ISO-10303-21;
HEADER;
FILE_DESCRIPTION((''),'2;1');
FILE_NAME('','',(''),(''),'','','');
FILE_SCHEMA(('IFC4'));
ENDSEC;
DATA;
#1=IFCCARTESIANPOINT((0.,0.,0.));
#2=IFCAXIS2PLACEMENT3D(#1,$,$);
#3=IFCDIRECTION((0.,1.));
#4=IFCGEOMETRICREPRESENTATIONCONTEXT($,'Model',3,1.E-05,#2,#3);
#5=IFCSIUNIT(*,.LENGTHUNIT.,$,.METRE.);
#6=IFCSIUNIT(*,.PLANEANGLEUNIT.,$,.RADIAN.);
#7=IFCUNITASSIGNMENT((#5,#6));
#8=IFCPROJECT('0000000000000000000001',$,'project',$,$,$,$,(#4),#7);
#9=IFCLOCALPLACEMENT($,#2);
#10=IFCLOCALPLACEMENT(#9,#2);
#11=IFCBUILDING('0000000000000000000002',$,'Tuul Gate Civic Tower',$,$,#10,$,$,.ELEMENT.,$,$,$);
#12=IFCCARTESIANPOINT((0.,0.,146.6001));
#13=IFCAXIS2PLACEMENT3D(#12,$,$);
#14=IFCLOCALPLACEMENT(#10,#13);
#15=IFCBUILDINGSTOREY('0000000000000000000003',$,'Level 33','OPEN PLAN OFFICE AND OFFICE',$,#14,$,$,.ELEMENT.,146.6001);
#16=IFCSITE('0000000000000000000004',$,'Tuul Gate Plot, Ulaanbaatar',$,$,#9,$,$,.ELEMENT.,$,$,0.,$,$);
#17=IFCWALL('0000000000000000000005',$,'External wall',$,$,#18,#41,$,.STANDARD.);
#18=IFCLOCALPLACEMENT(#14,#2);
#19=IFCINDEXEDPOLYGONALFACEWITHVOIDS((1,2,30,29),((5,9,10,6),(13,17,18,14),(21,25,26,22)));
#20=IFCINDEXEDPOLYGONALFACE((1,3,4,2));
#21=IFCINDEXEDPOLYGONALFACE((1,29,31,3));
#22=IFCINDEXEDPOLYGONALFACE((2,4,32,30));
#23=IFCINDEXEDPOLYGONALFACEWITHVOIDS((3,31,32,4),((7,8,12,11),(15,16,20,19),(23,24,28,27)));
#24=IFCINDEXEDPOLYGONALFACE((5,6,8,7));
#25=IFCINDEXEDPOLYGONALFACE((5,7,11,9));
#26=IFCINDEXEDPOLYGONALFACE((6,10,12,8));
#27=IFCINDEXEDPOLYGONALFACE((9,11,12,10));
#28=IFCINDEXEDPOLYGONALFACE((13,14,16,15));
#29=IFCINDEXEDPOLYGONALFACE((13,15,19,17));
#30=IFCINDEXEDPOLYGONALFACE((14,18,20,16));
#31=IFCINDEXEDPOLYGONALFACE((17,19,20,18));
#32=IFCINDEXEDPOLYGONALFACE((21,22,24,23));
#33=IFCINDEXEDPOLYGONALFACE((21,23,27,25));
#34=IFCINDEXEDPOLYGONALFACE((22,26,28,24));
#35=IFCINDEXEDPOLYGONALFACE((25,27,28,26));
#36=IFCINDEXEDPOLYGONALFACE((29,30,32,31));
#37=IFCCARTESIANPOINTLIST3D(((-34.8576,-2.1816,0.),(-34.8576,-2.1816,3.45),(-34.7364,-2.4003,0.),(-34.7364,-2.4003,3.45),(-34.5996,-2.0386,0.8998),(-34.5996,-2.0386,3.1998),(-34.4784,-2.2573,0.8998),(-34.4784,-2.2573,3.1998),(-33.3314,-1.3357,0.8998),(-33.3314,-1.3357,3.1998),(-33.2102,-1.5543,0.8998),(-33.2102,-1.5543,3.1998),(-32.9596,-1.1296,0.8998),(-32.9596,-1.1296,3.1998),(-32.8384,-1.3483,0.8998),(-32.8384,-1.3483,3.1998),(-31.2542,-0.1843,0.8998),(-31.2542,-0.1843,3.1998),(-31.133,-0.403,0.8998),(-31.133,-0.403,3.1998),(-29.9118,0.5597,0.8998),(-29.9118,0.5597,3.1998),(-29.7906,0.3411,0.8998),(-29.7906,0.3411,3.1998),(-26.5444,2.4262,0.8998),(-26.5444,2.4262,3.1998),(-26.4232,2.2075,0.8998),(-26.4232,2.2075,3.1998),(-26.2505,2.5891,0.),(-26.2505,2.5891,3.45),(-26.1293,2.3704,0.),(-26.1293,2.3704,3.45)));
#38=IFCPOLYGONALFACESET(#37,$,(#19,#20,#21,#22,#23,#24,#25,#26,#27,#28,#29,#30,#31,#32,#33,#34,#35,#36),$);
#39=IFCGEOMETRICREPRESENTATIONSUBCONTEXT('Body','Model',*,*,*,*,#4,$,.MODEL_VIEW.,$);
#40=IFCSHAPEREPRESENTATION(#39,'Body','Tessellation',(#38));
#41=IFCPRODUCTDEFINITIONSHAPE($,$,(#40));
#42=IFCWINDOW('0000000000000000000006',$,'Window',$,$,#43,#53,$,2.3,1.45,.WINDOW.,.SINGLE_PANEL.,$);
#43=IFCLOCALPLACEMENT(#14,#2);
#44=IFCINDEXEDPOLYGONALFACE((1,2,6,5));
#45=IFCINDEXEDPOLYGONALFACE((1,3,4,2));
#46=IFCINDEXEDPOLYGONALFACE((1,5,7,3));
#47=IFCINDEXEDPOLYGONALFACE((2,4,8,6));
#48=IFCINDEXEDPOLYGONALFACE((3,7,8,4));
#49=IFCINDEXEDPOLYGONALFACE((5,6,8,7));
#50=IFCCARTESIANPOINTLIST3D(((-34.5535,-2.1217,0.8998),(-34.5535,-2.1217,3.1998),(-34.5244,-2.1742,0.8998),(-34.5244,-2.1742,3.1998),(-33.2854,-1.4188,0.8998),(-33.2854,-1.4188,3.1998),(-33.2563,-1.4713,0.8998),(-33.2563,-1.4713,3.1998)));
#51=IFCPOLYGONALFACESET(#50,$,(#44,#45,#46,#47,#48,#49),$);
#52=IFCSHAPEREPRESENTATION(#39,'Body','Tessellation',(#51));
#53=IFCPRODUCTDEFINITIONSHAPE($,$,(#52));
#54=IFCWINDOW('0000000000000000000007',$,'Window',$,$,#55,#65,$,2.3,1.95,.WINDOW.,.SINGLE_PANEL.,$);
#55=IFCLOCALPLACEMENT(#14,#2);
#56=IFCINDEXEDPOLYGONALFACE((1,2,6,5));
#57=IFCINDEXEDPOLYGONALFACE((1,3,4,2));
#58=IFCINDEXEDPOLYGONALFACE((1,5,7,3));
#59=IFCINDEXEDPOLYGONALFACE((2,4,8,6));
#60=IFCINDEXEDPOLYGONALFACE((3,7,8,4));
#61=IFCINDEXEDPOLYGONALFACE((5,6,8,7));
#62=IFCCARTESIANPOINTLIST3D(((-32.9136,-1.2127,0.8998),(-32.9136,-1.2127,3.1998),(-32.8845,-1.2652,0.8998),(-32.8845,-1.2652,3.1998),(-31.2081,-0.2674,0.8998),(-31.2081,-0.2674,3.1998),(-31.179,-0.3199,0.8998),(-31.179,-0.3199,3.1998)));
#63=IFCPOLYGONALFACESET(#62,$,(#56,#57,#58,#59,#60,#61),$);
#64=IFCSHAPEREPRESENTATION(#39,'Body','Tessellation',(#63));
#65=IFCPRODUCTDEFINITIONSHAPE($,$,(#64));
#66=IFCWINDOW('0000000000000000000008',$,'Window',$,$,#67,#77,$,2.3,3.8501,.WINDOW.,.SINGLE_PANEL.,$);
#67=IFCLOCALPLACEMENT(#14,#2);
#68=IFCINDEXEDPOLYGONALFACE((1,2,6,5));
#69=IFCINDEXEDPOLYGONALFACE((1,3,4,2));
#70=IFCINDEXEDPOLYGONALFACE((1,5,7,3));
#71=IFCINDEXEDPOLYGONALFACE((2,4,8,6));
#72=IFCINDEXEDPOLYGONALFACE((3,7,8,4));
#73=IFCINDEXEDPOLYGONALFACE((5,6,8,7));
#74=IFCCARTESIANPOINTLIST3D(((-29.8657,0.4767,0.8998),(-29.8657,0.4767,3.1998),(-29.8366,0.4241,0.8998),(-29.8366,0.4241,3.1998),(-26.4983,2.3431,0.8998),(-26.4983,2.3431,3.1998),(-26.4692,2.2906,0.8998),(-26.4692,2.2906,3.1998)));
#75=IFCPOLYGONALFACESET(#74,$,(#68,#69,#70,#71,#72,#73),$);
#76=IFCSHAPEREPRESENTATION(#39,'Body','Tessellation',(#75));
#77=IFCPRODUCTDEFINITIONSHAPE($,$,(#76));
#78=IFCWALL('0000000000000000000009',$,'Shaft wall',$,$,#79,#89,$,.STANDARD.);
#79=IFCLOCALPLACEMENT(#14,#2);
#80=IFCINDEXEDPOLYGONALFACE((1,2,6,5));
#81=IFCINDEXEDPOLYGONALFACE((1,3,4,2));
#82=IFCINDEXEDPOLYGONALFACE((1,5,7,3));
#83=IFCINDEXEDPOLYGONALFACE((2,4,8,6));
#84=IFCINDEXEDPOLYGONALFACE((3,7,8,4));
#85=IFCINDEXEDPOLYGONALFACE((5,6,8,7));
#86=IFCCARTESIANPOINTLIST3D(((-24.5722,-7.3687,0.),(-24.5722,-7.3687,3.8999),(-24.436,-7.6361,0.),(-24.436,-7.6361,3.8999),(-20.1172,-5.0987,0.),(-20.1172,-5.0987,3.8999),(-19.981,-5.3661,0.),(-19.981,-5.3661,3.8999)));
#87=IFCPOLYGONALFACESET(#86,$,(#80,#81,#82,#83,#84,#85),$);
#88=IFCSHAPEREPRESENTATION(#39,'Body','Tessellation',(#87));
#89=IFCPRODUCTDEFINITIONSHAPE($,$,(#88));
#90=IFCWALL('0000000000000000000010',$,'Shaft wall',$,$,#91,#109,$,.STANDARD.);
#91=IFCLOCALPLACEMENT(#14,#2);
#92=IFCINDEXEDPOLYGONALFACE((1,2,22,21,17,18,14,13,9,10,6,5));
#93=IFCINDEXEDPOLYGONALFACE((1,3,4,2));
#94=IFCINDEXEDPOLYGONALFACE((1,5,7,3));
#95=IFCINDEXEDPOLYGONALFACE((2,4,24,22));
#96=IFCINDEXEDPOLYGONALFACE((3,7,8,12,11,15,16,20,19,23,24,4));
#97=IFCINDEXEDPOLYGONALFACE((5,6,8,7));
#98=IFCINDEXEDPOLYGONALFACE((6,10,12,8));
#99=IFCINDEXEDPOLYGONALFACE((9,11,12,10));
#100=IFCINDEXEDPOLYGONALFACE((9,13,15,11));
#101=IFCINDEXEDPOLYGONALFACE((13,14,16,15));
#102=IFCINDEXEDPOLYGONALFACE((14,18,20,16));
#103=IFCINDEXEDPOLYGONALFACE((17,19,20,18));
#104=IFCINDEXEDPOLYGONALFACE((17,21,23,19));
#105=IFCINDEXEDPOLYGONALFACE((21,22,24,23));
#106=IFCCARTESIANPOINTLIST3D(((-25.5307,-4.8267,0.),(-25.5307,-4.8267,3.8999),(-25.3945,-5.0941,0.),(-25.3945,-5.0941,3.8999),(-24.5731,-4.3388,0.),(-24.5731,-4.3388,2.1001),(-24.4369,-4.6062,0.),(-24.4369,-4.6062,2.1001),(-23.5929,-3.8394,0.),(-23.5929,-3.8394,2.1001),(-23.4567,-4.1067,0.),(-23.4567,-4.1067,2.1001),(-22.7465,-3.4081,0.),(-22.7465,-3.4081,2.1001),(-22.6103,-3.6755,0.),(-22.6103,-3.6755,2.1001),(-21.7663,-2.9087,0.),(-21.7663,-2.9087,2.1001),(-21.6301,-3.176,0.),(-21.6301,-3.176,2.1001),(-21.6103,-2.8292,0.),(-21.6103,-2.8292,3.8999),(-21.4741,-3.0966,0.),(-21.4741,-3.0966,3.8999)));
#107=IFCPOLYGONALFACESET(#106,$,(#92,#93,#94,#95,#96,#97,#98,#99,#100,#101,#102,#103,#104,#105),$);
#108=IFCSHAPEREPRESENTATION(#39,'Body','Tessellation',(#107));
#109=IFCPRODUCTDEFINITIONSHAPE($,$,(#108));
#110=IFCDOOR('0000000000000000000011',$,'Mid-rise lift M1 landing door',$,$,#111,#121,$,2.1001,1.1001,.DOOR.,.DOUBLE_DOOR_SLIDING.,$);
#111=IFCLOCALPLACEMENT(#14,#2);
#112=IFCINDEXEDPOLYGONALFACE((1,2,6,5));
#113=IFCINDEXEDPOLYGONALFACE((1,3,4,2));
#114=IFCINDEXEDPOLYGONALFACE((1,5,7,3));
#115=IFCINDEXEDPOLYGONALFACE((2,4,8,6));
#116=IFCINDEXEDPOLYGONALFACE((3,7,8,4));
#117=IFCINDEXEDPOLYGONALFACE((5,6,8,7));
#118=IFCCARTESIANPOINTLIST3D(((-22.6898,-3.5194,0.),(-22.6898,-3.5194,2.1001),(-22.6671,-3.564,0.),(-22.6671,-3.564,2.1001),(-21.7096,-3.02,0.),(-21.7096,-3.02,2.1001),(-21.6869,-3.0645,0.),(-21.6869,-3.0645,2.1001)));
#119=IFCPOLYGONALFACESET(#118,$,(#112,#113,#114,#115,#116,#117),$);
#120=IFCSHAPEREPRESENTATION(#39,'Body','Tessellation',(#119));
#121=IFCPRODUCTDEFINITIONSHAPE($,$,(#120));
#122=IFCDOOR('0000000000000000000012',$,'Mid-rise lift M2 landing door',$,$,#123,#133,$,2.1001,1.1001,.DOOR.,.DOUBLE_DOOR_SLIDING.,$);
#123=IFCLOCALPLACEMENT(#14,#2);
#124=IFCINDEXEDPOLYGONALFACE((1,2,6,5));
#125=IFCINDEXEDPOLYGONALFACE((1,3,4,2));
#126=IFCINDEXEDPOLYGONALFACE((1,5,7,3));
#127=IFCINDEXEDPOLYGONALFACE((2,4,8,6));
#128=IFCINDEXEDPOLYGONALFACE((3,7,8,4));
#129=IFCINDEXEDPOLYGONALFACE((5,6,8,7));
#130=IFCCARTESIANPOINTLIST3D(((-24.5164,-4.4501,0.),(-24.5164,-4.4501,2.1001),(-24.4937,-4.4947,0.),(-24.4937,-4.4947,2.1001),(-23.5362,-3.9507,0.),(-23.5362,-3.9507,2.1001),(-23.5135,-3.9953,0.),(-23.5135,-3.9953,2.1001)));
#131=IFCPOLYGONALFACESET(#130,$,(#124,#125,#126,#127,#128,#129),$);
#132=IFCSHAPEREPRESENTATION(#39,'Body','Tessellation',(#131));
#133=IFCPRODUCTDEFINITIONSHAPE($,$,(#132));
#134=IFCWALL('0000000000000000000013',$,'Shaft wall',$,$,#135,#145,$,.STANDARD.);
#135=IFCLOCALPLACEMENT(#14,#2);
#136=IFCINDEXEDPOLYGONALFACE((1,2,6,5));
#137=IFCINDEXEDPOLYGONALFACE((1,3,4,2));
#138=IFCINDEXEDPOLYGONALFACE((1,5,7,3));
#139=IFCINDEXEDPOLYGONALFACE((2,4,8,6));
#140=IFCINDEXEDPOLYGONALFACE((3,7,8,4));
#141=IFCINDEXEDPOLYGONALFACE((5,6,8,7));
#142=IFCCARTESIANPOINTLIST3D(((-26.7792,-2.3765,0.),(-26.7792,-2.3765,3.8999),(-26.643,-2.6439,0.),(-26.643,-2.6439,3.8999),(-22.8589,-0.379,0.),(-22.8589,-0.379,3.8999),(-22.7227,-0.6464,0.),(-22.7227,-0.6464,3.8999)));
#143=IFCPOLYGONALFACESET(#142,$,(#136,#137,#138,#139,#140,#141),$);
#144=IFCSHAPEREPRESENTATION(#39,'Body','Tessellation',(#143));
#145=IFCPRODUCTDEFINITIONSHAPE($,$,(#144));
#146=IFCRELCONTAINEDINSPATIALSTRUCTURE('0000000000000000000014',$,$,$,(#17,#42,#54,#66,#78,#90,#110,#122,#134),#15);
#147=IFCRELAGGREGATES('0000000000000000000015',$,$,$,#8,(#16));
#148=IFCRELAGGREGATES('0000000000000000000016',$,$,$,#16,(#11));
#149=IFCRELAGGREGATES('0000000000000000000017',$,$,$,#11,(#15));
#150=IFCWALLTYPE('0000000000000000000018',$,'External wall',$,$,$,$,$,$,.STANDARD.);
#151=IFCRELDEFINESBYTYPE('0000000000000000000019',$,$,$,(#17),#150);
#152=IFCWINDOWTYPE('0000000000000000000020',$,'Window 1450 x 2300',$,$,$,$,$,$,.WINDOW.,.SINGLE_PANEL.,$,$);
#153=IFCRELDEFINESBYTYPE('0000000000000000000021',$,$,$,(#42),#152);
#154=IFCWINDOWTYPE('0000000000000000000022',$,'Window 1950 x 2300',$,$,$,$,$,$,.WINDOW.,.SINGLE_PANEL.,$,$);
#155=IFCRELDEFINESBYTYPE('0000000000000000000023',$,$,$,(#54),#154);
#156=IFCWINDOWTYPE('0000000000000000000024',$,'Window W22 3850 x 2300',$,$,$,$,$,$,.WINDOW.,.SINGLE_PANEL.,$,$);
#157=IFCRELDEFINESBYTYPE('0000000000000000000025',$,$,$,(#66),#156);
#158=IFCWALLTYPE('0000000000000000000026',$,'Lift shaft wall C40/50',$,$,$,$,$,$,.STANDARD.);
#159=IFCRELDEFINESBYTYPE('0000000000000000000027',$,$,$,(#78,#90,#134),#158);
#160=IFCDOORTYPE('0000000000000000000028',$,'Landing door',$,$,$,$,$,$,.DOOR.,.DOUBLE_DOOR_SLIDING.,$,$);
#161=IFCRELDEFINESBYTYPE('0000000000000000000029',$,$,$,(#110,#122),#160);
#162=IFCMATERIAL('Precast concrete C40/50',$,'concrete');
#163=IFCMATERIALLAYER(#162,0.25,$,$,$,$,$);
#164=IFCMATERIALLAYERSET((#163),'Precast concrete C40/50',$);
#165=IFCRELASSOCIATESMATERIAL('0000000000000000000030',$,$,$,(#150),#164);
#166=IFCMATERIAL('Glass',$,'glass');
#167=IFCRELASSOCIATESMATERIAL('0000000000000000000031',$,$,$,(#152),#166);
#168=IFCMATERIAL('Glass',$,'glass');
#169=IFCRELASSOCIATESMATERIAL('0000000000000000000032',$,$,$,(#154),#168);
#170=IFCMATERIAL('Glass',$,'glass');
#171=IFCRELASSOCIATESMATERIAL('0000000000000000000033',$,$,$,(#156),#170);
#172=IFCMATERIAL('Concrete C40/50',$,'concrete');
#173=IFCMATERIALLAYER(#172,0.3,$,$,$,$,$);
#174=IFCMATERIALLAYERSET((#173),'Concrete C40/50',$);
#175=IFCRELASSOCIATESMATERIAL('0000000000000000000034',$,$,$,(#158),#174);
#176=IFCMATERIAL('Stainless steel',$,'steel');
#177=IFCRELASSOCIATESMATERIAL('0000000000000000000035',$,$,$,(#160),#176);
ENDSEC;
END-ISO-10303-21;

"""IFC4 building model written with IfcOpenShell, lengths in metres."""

from ifc_helpers import new_model, si_unit, direction, frame, frame_2d, origin, place, context, subcontext, project, spatial, rectangle, extrude, material, layer, layer_set, type_object, element, fill, save


model = new_model("IFC4")

# Units and contexts
model_context = context("Model", 3, precision=1e-05, world=origin(), true_north=direction((0.0, 1.0)))
body_context = subcontext(model_context, "Body", "Model", "MODEL_VIEW")
ifc_project = project(units=[si_unit("LENGTHUNIT", "METRE"), si_unit("PLANEANGLEUNIT", "RADIAN")], contexts=[model_context])

# Site, building, storey
site_placement = place(None, origin())
site = spatial("IfcSite", under=ifc_project, at=site_placement, Name="Tuul Gate Plot, Ulaanbaatar", CompositionType="ELEMENT", RefElevation=0.0)
building_placement = place(site_placement, origin())
building = spatial("IfcBuilding", under=site, at=building_placement, Name="Tuul Gate Civic Tower", CompositionType="ELEMENT")
storey_placement = place(building_placement, frame((0.0, 0.0, 146.6001)))
storey = spatial("IfcBuildingStorey", under=building, at=storey_placement, Name="Level 33", Description="OPEN PLAN OFFICE AND OFFICE", CompositionType="ELEMENT", Elevation=146.6001)

# Wall, openings, windows
ifc_material_1 = material(Name="Precast concrete C40/50", Category="concrete")
ifc_layer_1 = layer(ifc_material_1, 0.25)
ifc_layer_set_1 = layer_set([ifc_layer_1], Name="Precast concrete C40/50")
wall_type_1 = type_object("IfcWallType", Name="External wall", PredefinedType="STANDARD", material=ifc_layer_set_1)
wall_1_placement = place(storey_placement, frame((-26.1899, 2.4797, 0.0), z_axis=(0.0, 0.0, 1.0), x_axis=(-0.874632, -0.484787, 0.0)))
wall_1 = element("IfcWall", 1, at=wall_1_placement, inside=storey, type_object=wall_type_1, Name="External wall", PredefinedType="STANDARD", context=body_context, shape_type="SweptSolid", body=[
    extrude(rectangle(XDim=9.8408, YDim=0.25, at=frame_2d((4.9204, 0.0))), origin(), (0.0, 0.0, 1.0), 3.45),
])
opening_1_placement = place(wall_1_placement, frame((0.3359, 0.0, 0.8999)))
opening_1 = element("IfcOpeningElement", 2, at=opening_1_placement, cuts=wall_1, PredefinedType="OPENING", context=body_context, shape_type="SweptSolid", body=[
    extrude(rectangle(XDim=3.8501, YDim=2.3, at=frame_2d((1.925, 1.1499))), frame((0.0, 0.135, 0.0), z_axis=(0.0, -1.0, 0.0), x_axis=(1.0, 0.0, 0.0)), (0.0, 0.0, 1.0), 0.27),
])
opening_2_placement = place(wall_1_placement, frame((5.7207, 0.0, 0.8999)))
opening_2 = element("IfcOpeningElement", 3, at=opening_2_placement, cuts=wall_1, PredefinedType="OPENING", context=body_context, shape_type="SweptSolid", body=[
    extrude(rectangle(XDim=1.95, YDim=2.3, at=frame_2d((0.9751, 1.1499))), frame((0.0, 0.135, 0.0), z_axis=(0.0, -1.0, 0.0), x_axis=(1.0, 0.0, 0.0)), (0.0, 0.0, 1.0), 0.27),
])
opening_3_placement = place(wall_1_placement, frame((8.0957, 0.0, 0.8999)))
opening_3 = element("IfcOpeningElement", 4, at=opening_3_placement, cuts=wall_1, PredefinedType="OPENING", context=body_context, shape_type="SweptSolid", body=[
    extrude(rectangle(XDim=1.45, YDim=2.3, at=frame_2d((0.7251, 1.1499))), frame((0.0, 0.135, 0.0), z_axis=(0.0, -1.0, 0.0), x_axis=(1.0, 0.0, 0.0)), (0.0, 0.0, 1.0), 0.27),
])
ifc_material_2 = material(Name="Glass", Category="glass")
window_type_1 = type_object("IfcWindowType", Name="Window 1450 x 2300", PartitioningType="SINGLE_PANEL", PredefinedType="WINDOW", material=ifc_material_2)
window_1_placement = place(opening_3_placement, origin())
window_1 = element("IfcWindow", 5, at=window_1_placement, inside=storey, type_object=window_type_1, Name="Window", OverallHeight=2.3, OverallWidth=1.45, PartitioningType="SINGLE_PANEL", PredefinedType="WINDOW", context=body_context, shape_type="SweptSolid", body=[
    extrude(rectangle(XDim=1.45, YDim=2.3, at=frame_2d((0.7251, 1.1499))), frame((0.0, 0.03, 0.0), z_axis=(0.0, -1.0, 0.0), x_axis=(1.0, 0.0, 0.0)), (0.0, 0.0, 1.0), 0.0601),
])
fill(opening_3, window_1)
ifc_material_3 = material(Name="Glass", Category="glass")
window_type_2 = type_object("IfcWindowType", Name="Window 1950 x 2300", PartitioningType="SINGLE_PANEL", PredefinedType="WINDOW", material=ifc_material_3)
window_2_placement = place(opening_2_placement, origin())
window_2 = element("IfcWindow", 6, at=window_2_placement, inside=storey, type_object=window_type_2, Name="Window", OverallHeight=2.3, OverallWidth=1.95, PartitioningType="SINGLE_PANEL", PredefinedType="WINDOW", context=body_context, shape_type="SweptSolid", body=[
    extrude(rectangle(XDim=1.95, YDim=2.3, at=frame_2d((0.9751, 1.1499))), frame((0.0, 0.03, 0.0), z_axis=(0.0, -1.0, 0.0), x_axis=(1.0, 0.0, 0.0)), (0.0, 0.0, 1.0), 0.0601),
])
fill(opening_2, window_2)
ifc_material_4 = material(Name="Glass", Category="glass")
window_type_3 = type_object("IfcWindowType", Name="Window W22 3850 x 2300", PartitioningType="SINGLE_PANEL", PredefinedType="WINDOW", material=ifc_material_4)
window_3_placement = place(opening_1_placement, origin())
window_3 = element("IfcWindow", 7, at=window_3_placement, inside=storey, type_object=window_type_3, Name="Window", OverallHeight=2.3, OverallWidth=3.8501, PartitioningType="SINGLE_PANEL", PredefinedType="WINDOW", context=body_context, shape_type="SweptSolid", body=[
    extrude(rectangle(XDim=3.8501, YDim=2.3, at=frame_2d((1.925, 1.1499))), frame((0.0, 0.03, 0.0), z_axis=(0.0, -1.0, 0.0), x_axis=(1.0, 0.0, 0.0)), (0.0, 0.0, 1.0), 0.0601),
])
fill(opening_1, window_3)

# Wall
ifc_material_5 = material(Name="Concrete C40/50", Category="concrete")
ifc_layer_2 = layer(ifc_material_5, 0.3)
ifc_layer_set_2 = layer_set([ifc_layer_2], Name="Concrete C40/50")
wall_type_2 = type_object("IfcWallType", Name="Lift shaft wall C40/50", PredefinedType="STANDARD", material=ifc_layer_set_2)
wall_2_placement = place(storey_placement, frame((-20.0491, -5.2324, 0.0), z_axis=(0.0, 0.0, 1.0), x_axis=(-0.891003, -0.453997, 0.0)))
element("IfcWall", 8, at=wall_2_placement, inside=storey, type_object=wall_type_2, Name="Shaft wall", PredefinedType="STANDARD", context=body_context, shape_type="SweptSolid", body=[
    extrude(rectangle(XDim=5.0, YDim=0.3, at=frame_2d((2.5, 0.0))), origin(), (0.0, 0.0, 1.0), 3.8999),
])

# Wall, openings, doors
wall_3_placement = place(storey_placement, frame((-21.5422, -2.9629, 0.0), z_axis=(0.0, 0.0, 1.0), x_axis=(-0.891006, -0.453992, 0.0)))
wall_3 = element("IfcWall", 9, at=wall_3_placement, inside=storey, type_object=wall_type_2, Name="Shaft wall", PredefinedType="STANDARD", context=body_context, shape_type="SweptSolid", body=[
    extrude(rectangle(XDim=4.3999, YDim=0.3, at=frame_2d((2.2, 0.0))), origin(), (0.0, 0.0, 1.0), 3.8999),
])
opening_4_placement = place(wall_3_placement, frame((0.175, 0.0, 0.0)))
opening_4 = element("IfcOpeningElement", 10, at=opening_4_placement, cuts=wall_3, PredefinedType="OPENING", context=body_context, shape_type="SweptSolid", body=[
    extrude(rectangle(XDim=1.1001, YDim=2.1001, at=frame_2d((0.55, 1.05))), frame((0.0, 0.1602, 0.0), z_axis=(0.0, -1.0, 0.0), x_axis=(1.0, 0.0, 0.0)), (0.0, 0.0, 1.0), 0.3201),
])
opening_5_placement = place(wall_3_placement, frame((2.2251, 0.0, 0.0)))
opening_5 = element("IfcOpeningElement", 11, at=opening_5_placement, cuts=wall_3, PredefinedType="OPENING", context=body_context, shape_type="SweptSolid", body=[
    extrude(rectangle(XDim=1.1001, YDim=2.1001, at=frame_2d((0.55, 1.05))), frame((0.0, 0.1602, 0.0), z_axis=(0.0, -1.0, 0.0), x_axis=(1.0, 0.0, 0.0)), (0.0, 0.0, 1.0), 0.3201),
])
ifc_material_6 = material(Name="Stainless steel", Category="steel")
door_type_1 = type_object("IfcDoorType", Name="Landing door", OperationType="DOUBLE_DOOR_SLIDING", PredefinedType="DOOR", material=ifc_material_6)
door_1_placement = place(opening_4_placement, origin())
door_1 = element("IfcDoor", 12, at=door_1_placement, inside=storey, type_object=door_type_1, Name="Mid-rise lift M1 landing door", OperationType="DOUBLE_DOOR_SLIDING", OverallHeight=2.1001, OverallWidth=1.1001, PredefinedType="DOOR", context=body_context, shape_type="SweptSolid", body=[
    extrude(rectangle(XDim=1.1001, YDim=2.1001, at=frame_2d((0.55, 1.05))), frame((0.0, 0.0249, 0.0), z_axis=(0.0, -1.0, 0.0), x_axis=(1.0, 0.0, 0.0)), (0.0, 0.0, 1.0), 0.05),
])
fill(opening_4, door_1)
door_2_placement = place(opening_5_placement, origin())
door_2 = element("IfcDoor", 13, at=door_2_placement, inside=storey, type_object=door_type_1, Name="Mid-rise lift M2 landing door", OperationType="DOUBLE_DOOR_SLIDING", OverallHeight=2.1001, OverallWidth=1.1001, PredefinedType="DOOR", context=body_context, shape_type="SweptSolid", body=[
    extrude(rectangle(XDim=1.1001, YDim=2.1001, at=frame_2d((0.55, 1.05))), frame((0.0, 0.0249, 0.0), z_axis=(0.0, -1.0, 0.0), x_axis=(1.0, 0.0, 0.0)), (0.0, 0.0, 1.0), 0.05),
])
fill(opening_5, door_2)

# Wall
wall_4_placement = place(storey_placement, frame((-22.7908, -0.5127, 0.0), z_axis=(0.0, 0.0, 1.0), x_axis=(-0.891006, -0.453992, 0.0)))
element("IfcWall", 14, at=wall_4_placement, inside=storey, type_object=wall_type_2, Name="Shaft wall", PredefinedType="STANDARD", context=body_context, shape_type="SweptSolid", body=[
    extrude(rectangle(XDim=4.3999, YDim=0.3, at=frame_2d((2.2, 0.0))), origin(), (0.0, 0.0, 1.0), 3.8999),
])

save(model, "model.ifc")
